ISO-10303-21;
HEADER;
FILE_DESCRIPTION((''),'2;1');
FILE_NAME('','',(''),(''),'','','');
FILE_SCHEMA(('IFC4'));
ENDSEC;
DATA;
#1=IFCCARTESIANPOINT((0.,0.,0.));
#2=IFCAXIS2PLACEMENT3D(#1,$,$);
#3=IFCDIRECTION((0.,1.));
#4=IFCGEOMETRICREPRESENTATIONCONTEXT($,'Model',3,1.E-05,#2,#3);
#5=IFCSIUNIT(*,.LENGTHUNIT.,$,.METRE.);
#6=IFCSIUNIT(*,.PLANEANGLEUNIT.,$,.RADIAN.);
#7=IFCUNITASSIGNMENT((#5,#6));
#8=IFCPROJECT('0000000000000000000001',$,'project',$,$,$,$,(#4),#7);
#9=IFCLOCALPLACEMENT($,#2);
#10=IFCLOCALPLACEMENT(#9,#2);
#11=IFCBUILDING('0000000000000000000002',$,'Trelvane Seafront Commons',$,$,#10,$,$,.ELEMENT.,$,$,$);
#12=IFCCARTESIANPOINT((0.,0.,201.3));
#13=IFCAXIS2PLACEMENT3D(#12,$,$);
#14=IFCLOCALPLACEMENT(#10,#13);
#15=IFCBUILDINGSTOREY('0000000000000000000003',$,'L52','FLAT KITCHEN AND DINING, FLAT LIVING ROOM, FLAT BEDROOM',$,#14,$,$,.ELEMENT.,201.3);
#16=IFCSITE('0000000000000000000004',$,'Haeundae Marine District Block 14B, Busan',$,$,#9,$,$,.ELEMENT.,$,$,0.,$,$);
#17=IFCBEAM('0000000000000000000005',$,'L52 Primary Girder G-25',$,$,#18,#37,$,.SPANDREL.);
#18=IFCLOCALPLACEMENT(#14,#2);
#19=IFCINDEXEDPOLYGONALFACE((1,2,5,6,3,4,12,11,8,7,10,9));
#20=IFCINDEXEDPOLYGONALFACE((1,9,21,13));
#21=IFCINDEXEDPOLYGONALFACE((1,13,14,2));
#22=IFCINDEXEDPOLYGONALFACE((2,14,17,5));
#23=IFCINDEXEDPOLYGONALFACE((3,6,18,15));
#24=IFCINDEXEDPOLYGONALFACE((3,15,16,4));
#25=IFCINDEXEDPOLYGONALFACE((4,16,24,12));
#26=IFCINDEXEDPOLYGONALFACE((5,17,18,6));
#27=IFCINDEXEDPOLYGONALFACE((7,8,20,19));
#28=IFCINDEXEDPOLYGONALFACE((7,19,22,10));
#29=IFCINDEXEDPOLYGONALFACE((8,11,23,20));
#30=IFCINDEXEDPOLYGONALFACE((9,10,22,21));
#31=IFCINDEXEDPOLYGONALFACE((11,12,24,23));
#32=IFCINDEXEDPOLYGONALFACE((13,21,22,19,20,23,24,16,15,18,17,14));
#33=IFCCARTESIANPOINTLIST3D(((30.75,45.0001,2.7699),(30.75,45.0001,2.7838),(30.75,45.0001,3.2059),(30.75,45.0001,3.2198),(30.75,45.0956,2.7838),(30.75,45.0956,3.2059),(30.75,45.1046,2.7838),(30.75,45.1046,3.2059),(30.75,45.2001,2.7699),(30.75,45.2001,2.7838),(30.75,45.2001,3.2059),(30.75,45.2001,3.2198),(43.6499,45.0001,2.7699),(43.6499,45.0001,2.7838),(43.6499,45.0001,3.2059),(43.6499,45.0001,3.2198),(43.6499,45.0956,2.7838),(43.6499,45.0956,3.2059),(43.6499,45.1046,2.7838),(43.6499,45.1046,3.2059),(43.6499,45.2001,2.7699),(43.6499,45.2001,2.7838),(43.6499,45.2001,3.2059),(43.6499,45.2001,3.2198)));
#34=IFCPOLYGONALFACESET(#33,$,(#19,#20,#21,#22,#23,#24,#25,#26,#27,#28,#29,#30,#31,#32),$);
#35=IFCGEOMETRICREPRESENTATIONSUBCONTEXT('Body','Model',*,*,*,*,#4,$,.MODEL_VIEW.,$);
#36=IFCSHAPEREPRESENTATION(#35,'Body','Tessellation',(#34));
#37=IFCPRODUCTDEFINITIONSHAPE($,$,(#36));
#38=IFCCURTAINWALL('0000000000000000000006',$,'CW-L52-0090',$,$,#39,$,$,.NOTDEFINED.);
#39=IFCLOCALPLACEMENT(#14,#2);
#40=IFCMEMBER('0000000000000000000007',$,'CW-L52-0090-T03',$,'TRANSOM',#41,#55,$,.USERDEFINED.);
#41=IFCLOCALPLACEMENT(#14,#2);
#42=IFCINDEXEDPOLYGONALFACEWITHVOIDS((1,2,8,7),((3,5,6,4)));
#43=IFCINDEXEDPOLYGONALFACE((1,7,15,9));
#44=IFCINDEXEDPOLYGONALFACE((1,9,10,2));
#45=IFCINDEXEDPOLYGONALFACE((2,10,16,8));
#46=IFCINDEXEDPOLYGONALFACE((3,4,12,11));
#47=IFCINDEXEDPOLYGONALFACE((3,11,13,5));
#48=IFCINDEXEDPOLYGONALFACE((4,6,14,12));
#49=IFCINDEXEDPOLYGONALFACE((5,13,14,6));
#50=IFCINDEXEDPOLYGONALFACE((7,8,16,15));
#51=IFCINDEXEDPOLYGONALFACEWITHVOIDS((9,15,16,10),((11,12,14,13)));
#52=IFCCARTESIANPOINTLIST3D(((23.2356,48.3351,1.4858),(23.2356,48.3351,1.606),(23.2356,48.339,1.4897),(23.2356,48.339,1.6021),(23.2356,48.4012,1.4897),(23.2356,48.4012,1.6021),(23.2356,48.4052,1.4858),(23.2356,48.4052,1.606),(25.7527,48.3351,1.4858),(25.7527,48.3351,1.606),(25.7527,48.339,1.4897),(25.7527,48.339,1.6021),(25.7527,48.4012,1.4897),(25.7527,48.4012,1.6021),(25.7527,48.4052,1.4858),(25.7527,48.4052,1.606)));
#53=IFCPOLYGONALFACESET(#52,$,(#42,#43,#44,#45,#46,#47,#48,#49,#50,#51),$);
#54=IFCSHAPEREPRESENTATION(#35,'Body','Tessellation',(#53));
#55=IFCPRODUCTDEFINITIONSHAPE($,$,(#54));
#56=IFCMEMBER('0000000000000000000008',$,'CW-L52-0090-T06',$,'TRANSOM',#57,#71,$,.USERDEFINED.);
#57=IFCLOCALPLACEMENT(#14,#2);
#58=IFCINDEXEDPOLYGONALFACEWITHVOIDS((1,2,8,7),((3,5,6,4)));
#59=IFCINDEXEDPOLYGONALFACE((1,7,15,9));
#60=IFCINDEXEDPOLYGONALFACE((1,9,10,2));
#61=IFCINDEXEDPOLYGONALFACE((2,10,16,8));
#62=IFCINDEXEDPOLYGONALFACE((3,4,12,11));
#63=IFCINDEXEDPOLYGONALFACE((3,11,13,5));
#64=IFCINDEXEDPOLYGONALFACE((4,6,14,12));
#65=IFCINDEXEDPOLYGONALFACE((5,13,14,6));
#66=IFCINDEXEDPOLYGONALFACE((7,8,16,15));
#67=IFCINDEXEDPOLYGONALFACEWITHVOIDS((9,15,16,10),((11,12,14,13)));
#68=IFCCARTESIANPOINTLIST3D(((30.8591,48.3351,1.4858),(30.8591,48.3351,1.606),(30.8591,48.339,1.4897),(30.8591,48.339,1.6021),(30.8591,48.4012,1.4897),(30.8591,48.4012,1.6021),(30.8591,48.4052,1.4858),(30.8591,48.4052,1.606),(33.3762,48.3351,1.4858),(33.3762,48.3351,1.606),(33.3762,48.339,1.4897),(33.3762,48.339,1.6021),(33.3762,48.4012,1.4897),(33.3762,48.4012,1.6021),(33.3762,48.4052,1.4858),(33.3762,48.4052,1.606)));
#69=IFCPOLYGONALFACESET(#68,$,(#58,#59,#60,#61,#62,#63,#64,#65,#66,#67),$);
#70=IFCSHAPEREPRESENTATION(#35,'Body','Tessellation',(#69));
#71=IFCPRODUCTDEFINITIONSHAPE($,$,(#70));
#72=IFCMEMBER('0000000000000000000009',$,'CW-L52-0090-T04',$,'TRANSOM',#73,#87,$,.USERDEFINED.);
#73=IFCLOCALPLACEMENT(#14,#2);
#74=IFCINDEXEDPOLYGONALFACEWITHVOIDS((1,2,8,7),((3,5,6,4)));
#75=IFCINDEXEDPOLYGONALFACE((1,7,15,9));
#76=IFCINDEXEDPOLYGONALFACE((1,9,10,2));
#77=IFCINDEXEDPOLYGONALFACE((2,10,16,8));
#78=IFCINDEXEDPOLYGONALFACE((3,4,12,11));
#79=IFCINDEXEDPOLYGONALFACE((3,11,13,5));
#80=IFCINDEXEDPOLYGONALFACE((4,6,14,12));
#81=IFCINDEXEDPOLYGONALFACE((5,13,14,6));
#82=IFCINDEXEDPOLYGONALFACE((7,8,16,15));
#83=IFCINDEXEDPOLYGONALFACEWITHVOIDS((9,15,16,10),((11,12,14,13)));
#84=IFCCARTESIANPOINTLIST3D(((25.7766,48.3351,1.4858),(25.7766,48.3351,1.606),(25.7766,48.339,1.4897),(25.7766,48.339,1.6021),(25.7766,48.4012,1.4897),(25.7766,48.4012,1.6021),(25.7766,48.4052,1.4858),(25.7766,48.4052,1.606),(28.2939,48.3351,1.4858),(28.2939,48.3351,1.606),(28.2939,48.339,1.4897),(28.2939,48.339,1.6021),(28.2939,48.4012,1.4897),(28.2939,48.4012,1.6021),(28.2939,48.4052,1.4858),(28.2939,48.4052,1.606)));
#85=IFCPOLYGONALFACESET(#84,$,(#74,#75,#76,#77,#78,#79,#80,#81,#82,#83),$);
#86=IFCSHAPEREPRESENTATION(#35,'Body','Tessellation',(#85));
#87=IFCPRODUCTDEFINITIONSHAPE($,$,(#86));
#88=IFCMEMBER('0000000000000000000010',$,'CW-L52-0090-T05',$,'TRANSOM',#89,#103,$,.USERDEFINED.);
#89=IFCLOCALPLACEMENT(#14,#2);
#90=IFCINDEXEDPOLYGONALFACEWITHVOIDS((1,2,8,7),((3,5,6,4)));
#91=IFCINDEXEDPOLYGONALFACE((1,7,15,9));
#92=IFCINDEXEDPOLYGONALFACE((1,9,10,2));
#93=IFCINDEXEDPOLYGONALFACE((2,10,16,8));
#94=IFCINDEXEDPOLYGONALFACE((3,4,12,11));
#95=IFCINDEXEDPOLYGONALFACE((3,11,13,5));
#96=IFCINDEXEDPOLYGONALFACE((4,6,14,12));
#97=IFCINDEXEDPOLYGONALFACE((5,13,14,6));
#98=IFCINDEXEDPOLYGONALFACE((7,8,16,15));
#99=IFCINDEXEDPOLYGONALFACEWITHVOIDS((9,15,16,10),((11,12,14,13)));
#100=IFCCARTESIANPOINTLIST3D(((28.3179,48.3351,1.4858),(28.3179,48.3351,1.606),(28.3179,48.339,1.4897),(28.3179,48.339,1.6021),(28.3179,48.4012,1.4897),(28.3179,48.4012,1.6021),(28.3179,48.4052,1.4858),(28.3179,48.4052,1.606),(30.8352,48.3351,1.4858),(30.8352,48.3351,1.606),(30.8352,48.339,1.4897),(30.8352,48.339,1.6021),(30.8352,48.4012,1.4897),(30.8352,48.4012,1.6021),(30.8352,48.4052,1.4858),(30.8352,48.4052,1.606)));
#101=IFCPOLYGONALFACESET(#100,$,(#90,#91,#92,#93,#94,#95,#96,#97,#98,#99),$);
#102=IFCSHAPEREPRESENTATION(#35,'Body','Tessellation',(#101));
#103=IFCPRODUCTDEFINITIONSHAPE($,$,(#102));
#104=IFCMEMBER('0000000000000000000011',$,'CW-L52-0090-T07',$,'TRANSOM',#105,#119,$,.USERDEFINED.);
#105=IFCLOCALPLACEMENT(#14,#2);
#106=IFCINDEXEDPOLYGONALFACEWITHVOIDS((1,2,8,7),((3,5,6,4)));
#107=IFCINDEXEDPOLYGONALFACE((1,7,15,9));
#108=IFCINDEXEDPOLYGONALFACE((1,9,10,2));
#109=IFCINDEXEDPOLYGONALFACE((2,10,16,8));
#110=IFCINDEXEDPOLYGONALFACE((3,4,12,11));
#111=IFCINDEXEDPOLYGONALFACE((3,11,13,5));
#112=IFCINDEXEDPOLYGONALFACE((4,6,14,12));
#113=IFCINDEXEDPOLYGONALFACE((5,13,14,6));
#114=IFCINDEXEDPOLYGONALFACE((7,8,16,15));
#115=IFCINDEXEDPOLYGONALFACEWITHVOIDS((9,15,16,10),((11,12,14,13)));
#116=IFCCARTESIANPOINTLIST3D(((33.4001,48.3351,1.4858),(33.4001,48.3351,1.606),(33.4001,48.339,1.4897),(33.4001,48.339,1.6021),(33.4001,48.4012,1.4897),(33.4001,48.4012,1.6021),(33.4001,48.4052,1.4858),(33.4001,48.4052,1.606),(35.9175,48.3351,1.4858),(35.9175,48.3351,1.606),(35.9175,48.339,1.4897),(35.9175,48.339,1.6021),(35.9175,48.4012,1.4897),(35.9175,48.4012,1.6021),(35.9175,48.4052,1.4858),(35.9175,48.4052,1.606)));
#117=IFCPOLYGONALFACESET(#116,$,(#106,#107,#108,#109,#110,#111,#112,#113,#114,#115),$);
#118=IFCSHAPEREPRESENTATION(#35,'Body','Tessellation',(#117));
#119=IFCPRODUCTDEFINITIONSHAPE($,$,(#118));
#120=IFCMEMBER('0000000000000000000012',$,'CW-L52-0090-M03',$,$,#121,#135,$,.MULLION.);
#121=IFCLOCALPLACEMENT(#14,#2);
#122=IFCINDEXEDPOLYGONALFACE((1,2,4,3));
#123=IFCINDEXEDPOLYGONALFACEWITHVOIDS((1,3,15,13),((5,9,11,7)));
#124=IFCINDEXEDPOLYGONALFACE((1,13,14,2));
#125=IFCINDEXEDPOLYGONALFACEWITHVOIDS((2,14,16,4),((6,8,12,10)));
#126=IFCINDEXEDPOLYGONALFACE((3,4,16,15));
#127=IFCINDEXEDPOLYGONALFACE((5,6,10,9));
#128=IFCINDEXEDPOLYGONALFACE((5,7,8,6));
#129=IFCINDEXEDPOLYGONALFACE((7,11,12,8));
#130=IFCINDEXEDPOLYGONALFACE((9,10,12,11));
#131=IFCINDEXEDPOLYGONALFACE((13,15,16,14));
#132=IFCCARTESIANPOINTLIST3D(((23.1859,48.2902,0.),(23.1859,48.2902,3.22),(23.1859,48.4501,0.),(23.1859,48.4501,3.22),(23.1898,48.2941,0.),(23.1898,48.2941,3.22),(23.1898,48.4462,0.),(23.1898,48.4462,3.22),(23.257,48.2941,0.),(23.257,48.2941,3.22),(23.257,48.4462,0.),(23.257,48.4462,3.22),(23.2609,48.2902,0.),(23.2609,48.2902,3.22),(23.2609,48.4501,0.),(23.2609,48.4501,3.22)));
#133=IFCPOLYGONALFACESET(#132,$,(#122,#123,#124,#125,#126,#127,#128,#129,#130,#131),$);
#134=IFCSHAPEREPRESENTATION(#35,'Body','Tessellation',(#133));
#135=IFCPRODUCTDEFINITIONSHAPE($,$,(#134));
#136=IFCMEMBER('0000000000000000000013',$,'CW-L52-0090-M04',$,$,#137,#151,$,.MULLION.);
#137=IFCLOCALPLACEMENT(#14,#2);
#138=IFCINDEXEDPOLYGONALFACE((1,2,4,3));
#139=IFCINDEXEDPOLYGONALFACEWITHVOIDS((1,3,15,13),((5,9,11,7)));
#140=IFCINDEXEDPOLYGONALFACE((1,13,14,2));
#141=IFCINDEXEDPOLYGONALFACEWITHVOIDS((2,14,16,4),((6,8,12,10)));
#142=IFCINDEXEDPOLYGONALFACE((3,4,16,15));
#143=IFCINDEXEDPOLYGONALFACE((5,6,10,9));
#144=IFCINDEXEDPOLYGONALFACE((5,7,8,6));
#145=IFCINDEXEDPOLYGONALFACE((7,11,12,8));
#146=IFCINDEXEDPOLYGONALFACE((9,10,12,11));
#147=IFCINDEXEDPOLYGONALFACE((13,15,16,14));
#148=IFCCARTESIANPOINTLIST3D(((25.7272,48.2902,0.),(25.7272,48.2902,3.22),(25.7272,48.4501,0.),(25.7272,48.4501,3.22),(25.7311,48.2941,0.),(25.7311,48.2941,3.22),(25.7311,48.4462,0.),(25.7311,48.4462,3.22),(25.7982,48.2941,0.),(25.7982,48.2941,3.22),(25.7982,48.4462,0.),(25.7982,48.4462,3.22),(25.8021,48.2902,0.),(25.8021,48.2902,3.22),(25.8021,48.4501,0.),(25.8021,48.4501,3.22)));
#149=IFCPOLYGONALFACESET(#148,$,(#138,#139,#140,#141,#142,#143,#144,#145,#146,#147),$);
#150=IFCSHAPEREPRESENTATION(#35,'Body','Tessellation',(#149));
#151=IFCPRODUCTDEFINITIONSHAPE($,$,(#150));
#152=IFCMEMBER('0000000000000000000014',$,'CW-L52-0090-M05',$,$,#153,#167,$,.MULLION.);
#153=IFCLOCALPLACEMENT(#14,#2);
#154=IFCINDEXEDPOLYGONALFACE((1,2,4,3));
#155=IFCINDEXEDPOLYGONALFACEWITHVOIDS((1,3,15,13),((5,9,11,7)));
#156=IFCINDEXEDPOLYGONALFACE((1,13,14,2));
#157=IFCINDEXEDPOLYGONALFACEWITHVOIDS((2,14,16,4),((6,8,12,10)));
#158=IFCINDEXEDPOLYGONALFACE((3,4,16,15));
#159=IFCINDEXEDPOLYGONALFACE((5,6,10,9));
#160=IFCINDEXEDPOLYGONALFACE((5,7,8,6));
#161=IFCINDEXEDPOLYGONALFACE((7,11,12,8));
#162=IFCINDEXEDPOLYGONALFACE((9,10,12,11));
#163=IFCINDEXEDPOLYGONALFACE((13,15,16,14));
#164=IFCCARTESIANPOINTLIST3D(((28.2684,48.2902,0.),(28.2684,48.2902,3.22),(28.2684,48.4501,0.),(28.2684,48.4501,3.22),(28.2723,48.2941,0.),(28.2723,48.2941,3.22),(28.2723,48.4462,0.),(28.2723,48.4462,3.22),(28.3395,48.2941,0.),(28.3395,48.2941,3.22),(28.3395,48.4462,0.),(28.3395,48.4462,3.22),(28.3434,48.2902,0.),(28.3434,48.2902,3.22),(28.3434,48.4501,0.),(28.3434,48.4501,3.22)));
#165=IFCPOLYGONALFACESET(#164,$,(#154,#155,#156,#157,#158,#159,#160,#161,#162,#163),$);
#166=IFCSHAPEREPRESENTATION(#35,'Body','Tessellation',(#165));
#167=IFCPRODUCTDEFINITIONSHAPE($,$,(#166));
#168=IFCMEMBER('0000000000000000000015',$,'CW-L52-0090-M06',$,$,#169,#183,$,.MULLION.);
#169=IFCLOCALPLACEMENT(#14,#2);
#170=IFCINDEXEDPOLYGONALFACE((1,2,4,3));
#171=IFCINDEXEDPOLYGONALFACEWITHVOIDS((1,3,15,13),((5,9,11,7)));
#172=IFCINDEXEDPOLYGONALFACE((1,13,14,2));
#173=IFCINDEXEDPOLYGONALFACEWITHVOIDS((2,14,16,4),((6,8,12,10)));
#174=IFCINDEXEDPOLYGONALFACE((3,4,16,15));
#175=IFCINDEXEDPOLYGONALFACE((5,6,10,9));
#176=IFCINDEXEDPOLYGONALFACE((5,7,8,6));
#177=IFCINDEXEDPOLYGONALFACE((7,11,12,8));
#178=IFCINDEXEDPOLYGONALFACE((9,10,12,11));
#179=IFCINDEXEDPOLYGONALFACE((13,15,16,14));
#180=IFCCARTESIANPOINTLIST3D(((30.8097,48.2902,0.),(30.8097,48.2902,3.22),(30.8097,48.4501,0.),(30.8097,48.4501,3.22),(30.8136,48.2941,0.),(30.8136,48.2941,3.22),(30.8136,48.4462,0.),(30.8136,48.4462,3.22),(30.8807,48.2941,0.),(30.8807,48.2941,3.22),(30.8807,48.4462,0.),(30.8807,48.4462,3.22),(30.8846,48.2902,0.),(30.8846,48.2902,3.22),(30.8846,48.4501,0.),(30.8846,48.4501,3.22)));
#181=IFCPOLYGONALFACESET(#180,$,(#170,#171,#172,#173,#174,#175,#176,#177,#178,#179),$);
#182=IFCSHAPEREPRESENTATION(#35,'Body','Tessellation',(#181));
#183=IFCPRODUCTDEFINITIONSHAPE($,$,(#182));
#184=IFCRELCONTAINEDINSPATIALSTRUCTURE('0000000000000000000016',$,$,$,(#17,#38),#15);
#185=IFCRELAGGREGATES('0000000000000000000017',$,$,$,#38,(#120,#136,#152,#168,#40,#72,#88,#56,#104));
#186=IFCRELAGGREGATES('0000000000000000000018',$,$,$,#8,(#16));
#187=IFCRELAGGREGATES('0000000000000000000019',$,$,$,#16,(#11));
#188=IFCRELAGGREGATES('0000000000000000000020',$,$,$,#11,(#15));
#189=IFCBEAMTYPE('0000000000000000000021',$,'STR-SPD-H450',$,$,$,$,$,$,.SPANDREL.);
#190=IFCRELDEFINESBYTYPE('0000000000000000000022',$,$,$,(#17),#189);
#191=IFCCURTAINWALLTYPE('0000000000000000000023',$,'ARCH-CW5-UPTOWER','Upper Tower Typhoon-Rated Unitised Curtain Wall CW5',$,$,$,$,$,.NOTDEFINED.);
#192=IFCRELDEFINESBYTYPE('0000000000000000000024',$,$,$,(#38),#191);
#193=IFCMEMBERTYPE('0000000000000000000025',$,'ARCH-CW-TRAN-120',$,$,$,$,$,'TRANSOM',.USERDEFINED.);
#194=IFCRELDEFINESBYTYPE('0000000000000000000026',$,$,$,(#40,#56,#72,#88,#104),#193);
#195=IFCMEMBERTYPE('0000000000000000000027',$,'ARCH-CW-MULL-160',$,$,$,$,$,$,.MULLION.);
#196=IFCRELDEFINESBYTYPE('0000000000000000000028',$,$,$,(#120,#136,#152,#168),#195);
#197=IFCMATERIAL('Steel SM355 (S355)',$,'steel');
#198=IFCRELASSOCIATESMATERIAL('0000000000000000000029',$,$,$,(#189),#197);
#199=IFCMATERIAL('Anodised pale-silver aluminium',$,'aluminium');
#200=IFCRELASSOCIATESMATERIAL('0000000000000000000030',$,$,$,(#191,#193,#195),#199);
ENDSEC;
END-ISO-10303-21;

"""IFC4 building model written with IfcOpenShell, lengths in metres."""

from ifc_helpers import new_model, si_unit, direction, frame, origin, origin_2d, place, context, subcontext, project, spatial, hollow_rectangle, i_section, extrude, source, transform, mapped, material, material_profile, profile_set, type_object, element, aggregate, save


model = new_model("IFC4")

# Units and contexts
model_context = context("Model", 3, precision=1e-05, world=origin(), true_north=direction((0.0, 1.0)))
body_context = subcontext(model_context, "Body", "Model", "MODEL_VIEW")
ifc_project = project(units=[si_unit("LENGTHUNIT", "METRE"), si_unit("PLANEANGLEUNIT", "RADIAN")], contexts=[model_context])

# Site, building, storey
site_placement = place(None, origin())
site = spatial("IfcSite", under=ifc_project, at=site_placement, Name="Haeundae Marine District Block 14B, Busan", CompositionType="ELEMENT", RefElevation=0.0)
building_placement = place(site_placement, origin())
building = spatial("IfcBuilding", under=site, at=building_placement, Name="Trelvane Seafront Commons", CompositionType="ELEMENT")
storey_placement = place(building_placement, frame((0.0, 0.0, 201.3)))
storey = spatial("IfcBuildingStorey", under=building, at=storey_placement, Name="L52", Description="FLAT KITCHEN AND DINING, FLAT LIVING ROOM, FLAT BEDROOM", CompositionType="ELEMENT", Elevation=201.3)

# Beam
ifc_material_1 = material(Name="Steel SM355 (S355)", Category="steel")
ifc_material_profile_1 = material_profile(ifc_material_1, i_section(OverallWidth=0.2, OverallDepth=0.45, WebThickness=0.009, FlangeThickness=0.0139, at=origin_2d()), Name="H-450x200x9x14")
ifc_profile_set_1 = profile_set([ifc_material_profile_1], Name="Steel SM355 (S355)")
beam_type = type_object("IfcBeamType", Name="STR-SPD-H450", PredefinedType="SPANDREL", material=ifc_profile_set_1)
shared_shape_1 = source(origin(), body_context, "Body", "SweptSolid", [
    extrude(i_section(OverallWidth=0.2, OverallDepth=0.45, WebThickness=0.009, FlangeThickness=0.0139, at=origin_2d()), origin(), (0.0, 0.0, 1.0), 12.8999),
])
beam_placement = place(storey_placement, frame((30.75, 45.1001, 2.9949), z_axis=(1.0, 0.0, 0.0), x_axis=(0.0, 1.0, 0.0)))
element("IfcBeam", 1, at=beam_placement, inside=storey, type_object=beam_type, Name="L52 Primary Girder G-25", PredefinedType="SPANDREL", context=body_context, shape_type="MappedRepresentation", body=[
    mapped(shared_shape_1, transform((0.0, 0.0, 0.0), x_axis=(1.0, 0.0, 0.0), y_axis=(0.0, 1.0, 0.0), z_axis=(0.0, 0.0, 1.0), scale=1.0)),
])

# Curtain wall, members
ifc_material_2 = material(Name="Anodised pale-silver aluminium", Category="aluminium")
curtain_wall_type = type_object("IfcCurtainWallType", Name="ARCH-CW5-UPTOWER", Description="Upper Tower Typhoon-Rated Unitised Curtain Wall CW5", PredefinedType="NOTDEFINED", material=ifc_material_2)
curtain_wall_placement = place(storey_placement, origin())
curtain_wall = element("IfcCurtainWall", 2, at=curtain_wall_placement, inside=storey, type_object=curtain_wall_type, Name="CW-L52-0090", PredefinedType="NOTDEFINED")
ifc_material_profile_2 = material_profile(ifc_material_2, hollow_rectangle(XDim=0.0701, YDim=0.1201, WallThickness=0.0039, at=origin_2d()), Name="TRAN-70x120x4")
ifc_profile_set_2 = profile_set([ifc_material_profile_2], Name="Anodised pale-silver aluminium")
member_type_1 = type_object("IfcMemberType", Name="ARCH-CW-TRAN-120", ElementType="TRANSOM", PredefinedType="USERDEFINED", material=ifc_profile_set_2)
shared_shape_2 = source(origin(), body_context, "Body", "SweptSolid", [
    extrude(hollow_rectangle(XDim=0.0701, YDim=0.1201, WallThickness=0.0039, at=origin_2d()), origin(), (0.0, 0.0, 1.0), 2.5171),
])
member_1_placement = place(storey_placement, frame((23.2356, 48.3701, 1.5459), z_axis=(1.0, 0.0, 0.0), x_axis=(0.0, 1.0, 0.0)))
member_1 = element("IfcMember", 3, at=member_1_placement, type_object=member_type_1, Name="CW-L52-0090-T03", ObjectType="TRANSOM", PredefinedType="USERDEFINED", context=body_context, shape_type="MappedRepresentation", body=[
    mapped(shared_shape_2, transform((0.0, 0.0, 0.0), x_axis=(1.0, 0.0, 0.0), y_axis=(0.0, 1.0, 0.0), z_axis=(0.0, 0.0, 1.0), scale=1.0)),
])
member_2_placement = place(storey_placement, frame((30.8591, 48.3701, 1.5459), z_axis=(1.0, 0.0, 0.0), x_axis=(0.0, 1.0, 0.0)))
member_2 = element("IfcMember", 4, at=member_2_placement, type_object=member_type_1, Name="CW-L52-0090-T06", ObjectType="TRANSOM", PredefinedType="USERDEFINED", context=body_context, shape_type="MappedRepresentation", body=[
    mapped(shared_shape_2, transform((0.0, 0.0, 0.0), x_axis=(1.0, 0.0, 0.0), y_axis=(0.0, 1.0, 0.0), z_axis=(0.0, 0.0, 1.0), scale=1.0)),
])
shared_shape_3 = source(origin(), body_context, "Body", "SweptSolid", [
    extrude(hollow_rectangle(XDim=0.0701, YDim=0.1201, WallThickness=0.0039, at=origin_2d()), origin(), (0.0, 0.0, 1.0), 2.5173),
])
member_3_placement = place(storey_placement, frame((25.7766, 48.3701, 1.5459), z_axis=(1.0, 0.0, 0.0), x_axis=(0.0, 1.0, 0.0)))
member_3 = element("IfcMember", 5, at=member_3_placement, type_object=member_type_1, Name="CW-L52-0090-T04", ObjectType="TRANSOM", PredefinedType="USERDEFINED", context=body_context, shape_type="MappedRepresentation", body=[
    mapped(shared_shape_3, transform((0.0, 0.0, 0.0), x_axis=(1.0, 0.0, 0.0), y_axis=(0.0, 1.0, 0.0), z_axis=(0.0, 0.0, 1.0), scale=1.0)),
])
member_4_placement = place(storey_placement, frame((28.3179, 48.3701, 1.5459), z_axis=(1.0, 0.0, 0.0), x_axis=(0.0, 1.0, 0.0)))
member_4 = element("IfcMember", 6, at=member_4_placement, type_object=member_type_1, Name="CW-L52-0090-T05", ObjectType="TRANSOM", PredefinedType="USERDEFINED", context=body_context, shape_type="MappedRepresentation", body=[
    mapped(shared_shape_3, transform((0.0, 0.0, 0.0), x_axis=(1.0, 0.0, 0.0), y_axis=(0.0, 1.0, 0.0), z_axis=(0.0, 0.0, 1.0), scale=1.0)),
])
member_5_placement = place(storey_placement, frame((33.4001, 48.3701, 1.5459), z_axis=(1.0, 0.0, 0.0), x_axis=(0.0, 1.0, 0.0)))
member_5 = element("IfcMember", 7, at=member_5_placement, type_object=member_type_1, Name="CW-L52-0090-T07", ObjectType="TRANSOM", PredefinedType="USERDEFINED", context=body_context, shape_type="MappedRepresentation", body=[
    mapped(shared_shape_3, transform((0.0, 0.0, 0.0), x_axis=(1.0, 0.0, 0.0), y_axis=(0.0, 1.0, 0.0), z_axis=(0.0, 0.0, 1.0), scale=1.0)),
])
ifc_material_profile_3 = material_profile(ifc_material_2, hollow_rectangle(XDim=0.075, YDim=0.1599, WallThickness=0.0039, at=origin_2d()), Name="MULL-75x160x4")
ifc_profile_set_3 = profile_set([ifc_material_profile_3], Name="Anodised pale-silver aluminium")
member_type_2 = type_object("IfcMemberType", Name="ARCH-CW-MULL-160", PredefinedType="MULLION", material=ifc_profile_set_3)
shared_shape_4 = source(origin(), body_context, "Body", "SweptSolid", [
    extrude(hollow_rectangle(XDim=0.075, YDim=0.1599, WallThickness=0.0039, at=origin_2d()), origin(), (0.0, 0.0, 1.0), 3.22),
])
member_6_placement = place(storey_placement, frame((23.2234, 48.3701, 0.0), z_axis=(0.0, 0.0, 1.0), x_axis=(1.0, 0.0, 0.0)))
member_6 = element("IfcMember", 8, at=member_6_placement, type_object=member_type_2, Name="CW-L52-0090-M03", PredefinedType="MULLION", context=body_context, shape_type="MappedRepresentation", body=[
    mapped(shared_shape_4, transform((0.0, 0.0, 0.0), x_axis=(1.0, 0.0, 0.0), y_axis=(0.0, 1.0, 0.0), z_axis=(0.0, 0.0, 1.0), scale=1.0)),
])
member_7_placement = place(storey_placement, frame((25.7646, 48.3701, 0.0), z_axis=(0.0, 0.0, 1.0), x_axis=(1.0, 0.0, 0.0)))
member_7 = element("IfcMember", 9, at=member_7_placement, type_object=member_type_2, Name="CW-L52-0090-M04", PredefinedType="MULLION", context=body_context, shape_type="MappedRepresentation", body=[
    mapped(shared_shape_4, transform((0.0, 0.0, 0.0), x_axis=(1.0, 0.0, 0.0), y_axis=(0.0, 1.0, 0.0), z_axis=(0.0, 0.0, 1.0), scale=1.0)),
])
member_8_placement = place(storey_placement, frame((28.3059, 48.3701, 0.0), z_axis=(0.0, 0.0, 1.0), x_axis=(1.0, 0.0, 0.0)))
member_8 = element("IfcMember", 10, at=member_8_placement, type_object=member_type_2, Name="CW-L52-0090-M05", PredefinedType="MULLION", context=body_context, shape_type="MappedRepresentation", body=[
    mapped(shared_shape_4, transform((0.0, 0.0, 0.0), x_axis=(1.0, 0.0, 0.0), y_axis=(0.0, 1.0, 0.0), z_axis=(0.0, 0.0, 1.0), scale=1.0)),
])
member_9_placement = place(storey_placement, frame((30.8472, 48.3701, 0.0), z_axis=(0.0, 0.0, 1.0), x_axis=(1.0, 0.0, 0.0)))
member_9 = element("IfcMember", 11, at=member_9_placement, type_object=member_type_2, Name="CW-L52-0090-M06", PredefinedType="MULLION", context=body_context, shape_type="MappedRepresentation", body=[
    mapped(shared_shape_4, transform((0.0, 0.0, 0.0), x_axis=(1.0, 0.0, 0.0), y_axis=(0.0, 1.0, 0.0), z_axis=(0.0, 0.0, 1.0), scale=1.0)),
])

aggregate(curtain_wall, [member_6, member_7, member_8, member_9, member_1, member_3, member_4, member_2, member_5])

save(model, "model.ifc")
